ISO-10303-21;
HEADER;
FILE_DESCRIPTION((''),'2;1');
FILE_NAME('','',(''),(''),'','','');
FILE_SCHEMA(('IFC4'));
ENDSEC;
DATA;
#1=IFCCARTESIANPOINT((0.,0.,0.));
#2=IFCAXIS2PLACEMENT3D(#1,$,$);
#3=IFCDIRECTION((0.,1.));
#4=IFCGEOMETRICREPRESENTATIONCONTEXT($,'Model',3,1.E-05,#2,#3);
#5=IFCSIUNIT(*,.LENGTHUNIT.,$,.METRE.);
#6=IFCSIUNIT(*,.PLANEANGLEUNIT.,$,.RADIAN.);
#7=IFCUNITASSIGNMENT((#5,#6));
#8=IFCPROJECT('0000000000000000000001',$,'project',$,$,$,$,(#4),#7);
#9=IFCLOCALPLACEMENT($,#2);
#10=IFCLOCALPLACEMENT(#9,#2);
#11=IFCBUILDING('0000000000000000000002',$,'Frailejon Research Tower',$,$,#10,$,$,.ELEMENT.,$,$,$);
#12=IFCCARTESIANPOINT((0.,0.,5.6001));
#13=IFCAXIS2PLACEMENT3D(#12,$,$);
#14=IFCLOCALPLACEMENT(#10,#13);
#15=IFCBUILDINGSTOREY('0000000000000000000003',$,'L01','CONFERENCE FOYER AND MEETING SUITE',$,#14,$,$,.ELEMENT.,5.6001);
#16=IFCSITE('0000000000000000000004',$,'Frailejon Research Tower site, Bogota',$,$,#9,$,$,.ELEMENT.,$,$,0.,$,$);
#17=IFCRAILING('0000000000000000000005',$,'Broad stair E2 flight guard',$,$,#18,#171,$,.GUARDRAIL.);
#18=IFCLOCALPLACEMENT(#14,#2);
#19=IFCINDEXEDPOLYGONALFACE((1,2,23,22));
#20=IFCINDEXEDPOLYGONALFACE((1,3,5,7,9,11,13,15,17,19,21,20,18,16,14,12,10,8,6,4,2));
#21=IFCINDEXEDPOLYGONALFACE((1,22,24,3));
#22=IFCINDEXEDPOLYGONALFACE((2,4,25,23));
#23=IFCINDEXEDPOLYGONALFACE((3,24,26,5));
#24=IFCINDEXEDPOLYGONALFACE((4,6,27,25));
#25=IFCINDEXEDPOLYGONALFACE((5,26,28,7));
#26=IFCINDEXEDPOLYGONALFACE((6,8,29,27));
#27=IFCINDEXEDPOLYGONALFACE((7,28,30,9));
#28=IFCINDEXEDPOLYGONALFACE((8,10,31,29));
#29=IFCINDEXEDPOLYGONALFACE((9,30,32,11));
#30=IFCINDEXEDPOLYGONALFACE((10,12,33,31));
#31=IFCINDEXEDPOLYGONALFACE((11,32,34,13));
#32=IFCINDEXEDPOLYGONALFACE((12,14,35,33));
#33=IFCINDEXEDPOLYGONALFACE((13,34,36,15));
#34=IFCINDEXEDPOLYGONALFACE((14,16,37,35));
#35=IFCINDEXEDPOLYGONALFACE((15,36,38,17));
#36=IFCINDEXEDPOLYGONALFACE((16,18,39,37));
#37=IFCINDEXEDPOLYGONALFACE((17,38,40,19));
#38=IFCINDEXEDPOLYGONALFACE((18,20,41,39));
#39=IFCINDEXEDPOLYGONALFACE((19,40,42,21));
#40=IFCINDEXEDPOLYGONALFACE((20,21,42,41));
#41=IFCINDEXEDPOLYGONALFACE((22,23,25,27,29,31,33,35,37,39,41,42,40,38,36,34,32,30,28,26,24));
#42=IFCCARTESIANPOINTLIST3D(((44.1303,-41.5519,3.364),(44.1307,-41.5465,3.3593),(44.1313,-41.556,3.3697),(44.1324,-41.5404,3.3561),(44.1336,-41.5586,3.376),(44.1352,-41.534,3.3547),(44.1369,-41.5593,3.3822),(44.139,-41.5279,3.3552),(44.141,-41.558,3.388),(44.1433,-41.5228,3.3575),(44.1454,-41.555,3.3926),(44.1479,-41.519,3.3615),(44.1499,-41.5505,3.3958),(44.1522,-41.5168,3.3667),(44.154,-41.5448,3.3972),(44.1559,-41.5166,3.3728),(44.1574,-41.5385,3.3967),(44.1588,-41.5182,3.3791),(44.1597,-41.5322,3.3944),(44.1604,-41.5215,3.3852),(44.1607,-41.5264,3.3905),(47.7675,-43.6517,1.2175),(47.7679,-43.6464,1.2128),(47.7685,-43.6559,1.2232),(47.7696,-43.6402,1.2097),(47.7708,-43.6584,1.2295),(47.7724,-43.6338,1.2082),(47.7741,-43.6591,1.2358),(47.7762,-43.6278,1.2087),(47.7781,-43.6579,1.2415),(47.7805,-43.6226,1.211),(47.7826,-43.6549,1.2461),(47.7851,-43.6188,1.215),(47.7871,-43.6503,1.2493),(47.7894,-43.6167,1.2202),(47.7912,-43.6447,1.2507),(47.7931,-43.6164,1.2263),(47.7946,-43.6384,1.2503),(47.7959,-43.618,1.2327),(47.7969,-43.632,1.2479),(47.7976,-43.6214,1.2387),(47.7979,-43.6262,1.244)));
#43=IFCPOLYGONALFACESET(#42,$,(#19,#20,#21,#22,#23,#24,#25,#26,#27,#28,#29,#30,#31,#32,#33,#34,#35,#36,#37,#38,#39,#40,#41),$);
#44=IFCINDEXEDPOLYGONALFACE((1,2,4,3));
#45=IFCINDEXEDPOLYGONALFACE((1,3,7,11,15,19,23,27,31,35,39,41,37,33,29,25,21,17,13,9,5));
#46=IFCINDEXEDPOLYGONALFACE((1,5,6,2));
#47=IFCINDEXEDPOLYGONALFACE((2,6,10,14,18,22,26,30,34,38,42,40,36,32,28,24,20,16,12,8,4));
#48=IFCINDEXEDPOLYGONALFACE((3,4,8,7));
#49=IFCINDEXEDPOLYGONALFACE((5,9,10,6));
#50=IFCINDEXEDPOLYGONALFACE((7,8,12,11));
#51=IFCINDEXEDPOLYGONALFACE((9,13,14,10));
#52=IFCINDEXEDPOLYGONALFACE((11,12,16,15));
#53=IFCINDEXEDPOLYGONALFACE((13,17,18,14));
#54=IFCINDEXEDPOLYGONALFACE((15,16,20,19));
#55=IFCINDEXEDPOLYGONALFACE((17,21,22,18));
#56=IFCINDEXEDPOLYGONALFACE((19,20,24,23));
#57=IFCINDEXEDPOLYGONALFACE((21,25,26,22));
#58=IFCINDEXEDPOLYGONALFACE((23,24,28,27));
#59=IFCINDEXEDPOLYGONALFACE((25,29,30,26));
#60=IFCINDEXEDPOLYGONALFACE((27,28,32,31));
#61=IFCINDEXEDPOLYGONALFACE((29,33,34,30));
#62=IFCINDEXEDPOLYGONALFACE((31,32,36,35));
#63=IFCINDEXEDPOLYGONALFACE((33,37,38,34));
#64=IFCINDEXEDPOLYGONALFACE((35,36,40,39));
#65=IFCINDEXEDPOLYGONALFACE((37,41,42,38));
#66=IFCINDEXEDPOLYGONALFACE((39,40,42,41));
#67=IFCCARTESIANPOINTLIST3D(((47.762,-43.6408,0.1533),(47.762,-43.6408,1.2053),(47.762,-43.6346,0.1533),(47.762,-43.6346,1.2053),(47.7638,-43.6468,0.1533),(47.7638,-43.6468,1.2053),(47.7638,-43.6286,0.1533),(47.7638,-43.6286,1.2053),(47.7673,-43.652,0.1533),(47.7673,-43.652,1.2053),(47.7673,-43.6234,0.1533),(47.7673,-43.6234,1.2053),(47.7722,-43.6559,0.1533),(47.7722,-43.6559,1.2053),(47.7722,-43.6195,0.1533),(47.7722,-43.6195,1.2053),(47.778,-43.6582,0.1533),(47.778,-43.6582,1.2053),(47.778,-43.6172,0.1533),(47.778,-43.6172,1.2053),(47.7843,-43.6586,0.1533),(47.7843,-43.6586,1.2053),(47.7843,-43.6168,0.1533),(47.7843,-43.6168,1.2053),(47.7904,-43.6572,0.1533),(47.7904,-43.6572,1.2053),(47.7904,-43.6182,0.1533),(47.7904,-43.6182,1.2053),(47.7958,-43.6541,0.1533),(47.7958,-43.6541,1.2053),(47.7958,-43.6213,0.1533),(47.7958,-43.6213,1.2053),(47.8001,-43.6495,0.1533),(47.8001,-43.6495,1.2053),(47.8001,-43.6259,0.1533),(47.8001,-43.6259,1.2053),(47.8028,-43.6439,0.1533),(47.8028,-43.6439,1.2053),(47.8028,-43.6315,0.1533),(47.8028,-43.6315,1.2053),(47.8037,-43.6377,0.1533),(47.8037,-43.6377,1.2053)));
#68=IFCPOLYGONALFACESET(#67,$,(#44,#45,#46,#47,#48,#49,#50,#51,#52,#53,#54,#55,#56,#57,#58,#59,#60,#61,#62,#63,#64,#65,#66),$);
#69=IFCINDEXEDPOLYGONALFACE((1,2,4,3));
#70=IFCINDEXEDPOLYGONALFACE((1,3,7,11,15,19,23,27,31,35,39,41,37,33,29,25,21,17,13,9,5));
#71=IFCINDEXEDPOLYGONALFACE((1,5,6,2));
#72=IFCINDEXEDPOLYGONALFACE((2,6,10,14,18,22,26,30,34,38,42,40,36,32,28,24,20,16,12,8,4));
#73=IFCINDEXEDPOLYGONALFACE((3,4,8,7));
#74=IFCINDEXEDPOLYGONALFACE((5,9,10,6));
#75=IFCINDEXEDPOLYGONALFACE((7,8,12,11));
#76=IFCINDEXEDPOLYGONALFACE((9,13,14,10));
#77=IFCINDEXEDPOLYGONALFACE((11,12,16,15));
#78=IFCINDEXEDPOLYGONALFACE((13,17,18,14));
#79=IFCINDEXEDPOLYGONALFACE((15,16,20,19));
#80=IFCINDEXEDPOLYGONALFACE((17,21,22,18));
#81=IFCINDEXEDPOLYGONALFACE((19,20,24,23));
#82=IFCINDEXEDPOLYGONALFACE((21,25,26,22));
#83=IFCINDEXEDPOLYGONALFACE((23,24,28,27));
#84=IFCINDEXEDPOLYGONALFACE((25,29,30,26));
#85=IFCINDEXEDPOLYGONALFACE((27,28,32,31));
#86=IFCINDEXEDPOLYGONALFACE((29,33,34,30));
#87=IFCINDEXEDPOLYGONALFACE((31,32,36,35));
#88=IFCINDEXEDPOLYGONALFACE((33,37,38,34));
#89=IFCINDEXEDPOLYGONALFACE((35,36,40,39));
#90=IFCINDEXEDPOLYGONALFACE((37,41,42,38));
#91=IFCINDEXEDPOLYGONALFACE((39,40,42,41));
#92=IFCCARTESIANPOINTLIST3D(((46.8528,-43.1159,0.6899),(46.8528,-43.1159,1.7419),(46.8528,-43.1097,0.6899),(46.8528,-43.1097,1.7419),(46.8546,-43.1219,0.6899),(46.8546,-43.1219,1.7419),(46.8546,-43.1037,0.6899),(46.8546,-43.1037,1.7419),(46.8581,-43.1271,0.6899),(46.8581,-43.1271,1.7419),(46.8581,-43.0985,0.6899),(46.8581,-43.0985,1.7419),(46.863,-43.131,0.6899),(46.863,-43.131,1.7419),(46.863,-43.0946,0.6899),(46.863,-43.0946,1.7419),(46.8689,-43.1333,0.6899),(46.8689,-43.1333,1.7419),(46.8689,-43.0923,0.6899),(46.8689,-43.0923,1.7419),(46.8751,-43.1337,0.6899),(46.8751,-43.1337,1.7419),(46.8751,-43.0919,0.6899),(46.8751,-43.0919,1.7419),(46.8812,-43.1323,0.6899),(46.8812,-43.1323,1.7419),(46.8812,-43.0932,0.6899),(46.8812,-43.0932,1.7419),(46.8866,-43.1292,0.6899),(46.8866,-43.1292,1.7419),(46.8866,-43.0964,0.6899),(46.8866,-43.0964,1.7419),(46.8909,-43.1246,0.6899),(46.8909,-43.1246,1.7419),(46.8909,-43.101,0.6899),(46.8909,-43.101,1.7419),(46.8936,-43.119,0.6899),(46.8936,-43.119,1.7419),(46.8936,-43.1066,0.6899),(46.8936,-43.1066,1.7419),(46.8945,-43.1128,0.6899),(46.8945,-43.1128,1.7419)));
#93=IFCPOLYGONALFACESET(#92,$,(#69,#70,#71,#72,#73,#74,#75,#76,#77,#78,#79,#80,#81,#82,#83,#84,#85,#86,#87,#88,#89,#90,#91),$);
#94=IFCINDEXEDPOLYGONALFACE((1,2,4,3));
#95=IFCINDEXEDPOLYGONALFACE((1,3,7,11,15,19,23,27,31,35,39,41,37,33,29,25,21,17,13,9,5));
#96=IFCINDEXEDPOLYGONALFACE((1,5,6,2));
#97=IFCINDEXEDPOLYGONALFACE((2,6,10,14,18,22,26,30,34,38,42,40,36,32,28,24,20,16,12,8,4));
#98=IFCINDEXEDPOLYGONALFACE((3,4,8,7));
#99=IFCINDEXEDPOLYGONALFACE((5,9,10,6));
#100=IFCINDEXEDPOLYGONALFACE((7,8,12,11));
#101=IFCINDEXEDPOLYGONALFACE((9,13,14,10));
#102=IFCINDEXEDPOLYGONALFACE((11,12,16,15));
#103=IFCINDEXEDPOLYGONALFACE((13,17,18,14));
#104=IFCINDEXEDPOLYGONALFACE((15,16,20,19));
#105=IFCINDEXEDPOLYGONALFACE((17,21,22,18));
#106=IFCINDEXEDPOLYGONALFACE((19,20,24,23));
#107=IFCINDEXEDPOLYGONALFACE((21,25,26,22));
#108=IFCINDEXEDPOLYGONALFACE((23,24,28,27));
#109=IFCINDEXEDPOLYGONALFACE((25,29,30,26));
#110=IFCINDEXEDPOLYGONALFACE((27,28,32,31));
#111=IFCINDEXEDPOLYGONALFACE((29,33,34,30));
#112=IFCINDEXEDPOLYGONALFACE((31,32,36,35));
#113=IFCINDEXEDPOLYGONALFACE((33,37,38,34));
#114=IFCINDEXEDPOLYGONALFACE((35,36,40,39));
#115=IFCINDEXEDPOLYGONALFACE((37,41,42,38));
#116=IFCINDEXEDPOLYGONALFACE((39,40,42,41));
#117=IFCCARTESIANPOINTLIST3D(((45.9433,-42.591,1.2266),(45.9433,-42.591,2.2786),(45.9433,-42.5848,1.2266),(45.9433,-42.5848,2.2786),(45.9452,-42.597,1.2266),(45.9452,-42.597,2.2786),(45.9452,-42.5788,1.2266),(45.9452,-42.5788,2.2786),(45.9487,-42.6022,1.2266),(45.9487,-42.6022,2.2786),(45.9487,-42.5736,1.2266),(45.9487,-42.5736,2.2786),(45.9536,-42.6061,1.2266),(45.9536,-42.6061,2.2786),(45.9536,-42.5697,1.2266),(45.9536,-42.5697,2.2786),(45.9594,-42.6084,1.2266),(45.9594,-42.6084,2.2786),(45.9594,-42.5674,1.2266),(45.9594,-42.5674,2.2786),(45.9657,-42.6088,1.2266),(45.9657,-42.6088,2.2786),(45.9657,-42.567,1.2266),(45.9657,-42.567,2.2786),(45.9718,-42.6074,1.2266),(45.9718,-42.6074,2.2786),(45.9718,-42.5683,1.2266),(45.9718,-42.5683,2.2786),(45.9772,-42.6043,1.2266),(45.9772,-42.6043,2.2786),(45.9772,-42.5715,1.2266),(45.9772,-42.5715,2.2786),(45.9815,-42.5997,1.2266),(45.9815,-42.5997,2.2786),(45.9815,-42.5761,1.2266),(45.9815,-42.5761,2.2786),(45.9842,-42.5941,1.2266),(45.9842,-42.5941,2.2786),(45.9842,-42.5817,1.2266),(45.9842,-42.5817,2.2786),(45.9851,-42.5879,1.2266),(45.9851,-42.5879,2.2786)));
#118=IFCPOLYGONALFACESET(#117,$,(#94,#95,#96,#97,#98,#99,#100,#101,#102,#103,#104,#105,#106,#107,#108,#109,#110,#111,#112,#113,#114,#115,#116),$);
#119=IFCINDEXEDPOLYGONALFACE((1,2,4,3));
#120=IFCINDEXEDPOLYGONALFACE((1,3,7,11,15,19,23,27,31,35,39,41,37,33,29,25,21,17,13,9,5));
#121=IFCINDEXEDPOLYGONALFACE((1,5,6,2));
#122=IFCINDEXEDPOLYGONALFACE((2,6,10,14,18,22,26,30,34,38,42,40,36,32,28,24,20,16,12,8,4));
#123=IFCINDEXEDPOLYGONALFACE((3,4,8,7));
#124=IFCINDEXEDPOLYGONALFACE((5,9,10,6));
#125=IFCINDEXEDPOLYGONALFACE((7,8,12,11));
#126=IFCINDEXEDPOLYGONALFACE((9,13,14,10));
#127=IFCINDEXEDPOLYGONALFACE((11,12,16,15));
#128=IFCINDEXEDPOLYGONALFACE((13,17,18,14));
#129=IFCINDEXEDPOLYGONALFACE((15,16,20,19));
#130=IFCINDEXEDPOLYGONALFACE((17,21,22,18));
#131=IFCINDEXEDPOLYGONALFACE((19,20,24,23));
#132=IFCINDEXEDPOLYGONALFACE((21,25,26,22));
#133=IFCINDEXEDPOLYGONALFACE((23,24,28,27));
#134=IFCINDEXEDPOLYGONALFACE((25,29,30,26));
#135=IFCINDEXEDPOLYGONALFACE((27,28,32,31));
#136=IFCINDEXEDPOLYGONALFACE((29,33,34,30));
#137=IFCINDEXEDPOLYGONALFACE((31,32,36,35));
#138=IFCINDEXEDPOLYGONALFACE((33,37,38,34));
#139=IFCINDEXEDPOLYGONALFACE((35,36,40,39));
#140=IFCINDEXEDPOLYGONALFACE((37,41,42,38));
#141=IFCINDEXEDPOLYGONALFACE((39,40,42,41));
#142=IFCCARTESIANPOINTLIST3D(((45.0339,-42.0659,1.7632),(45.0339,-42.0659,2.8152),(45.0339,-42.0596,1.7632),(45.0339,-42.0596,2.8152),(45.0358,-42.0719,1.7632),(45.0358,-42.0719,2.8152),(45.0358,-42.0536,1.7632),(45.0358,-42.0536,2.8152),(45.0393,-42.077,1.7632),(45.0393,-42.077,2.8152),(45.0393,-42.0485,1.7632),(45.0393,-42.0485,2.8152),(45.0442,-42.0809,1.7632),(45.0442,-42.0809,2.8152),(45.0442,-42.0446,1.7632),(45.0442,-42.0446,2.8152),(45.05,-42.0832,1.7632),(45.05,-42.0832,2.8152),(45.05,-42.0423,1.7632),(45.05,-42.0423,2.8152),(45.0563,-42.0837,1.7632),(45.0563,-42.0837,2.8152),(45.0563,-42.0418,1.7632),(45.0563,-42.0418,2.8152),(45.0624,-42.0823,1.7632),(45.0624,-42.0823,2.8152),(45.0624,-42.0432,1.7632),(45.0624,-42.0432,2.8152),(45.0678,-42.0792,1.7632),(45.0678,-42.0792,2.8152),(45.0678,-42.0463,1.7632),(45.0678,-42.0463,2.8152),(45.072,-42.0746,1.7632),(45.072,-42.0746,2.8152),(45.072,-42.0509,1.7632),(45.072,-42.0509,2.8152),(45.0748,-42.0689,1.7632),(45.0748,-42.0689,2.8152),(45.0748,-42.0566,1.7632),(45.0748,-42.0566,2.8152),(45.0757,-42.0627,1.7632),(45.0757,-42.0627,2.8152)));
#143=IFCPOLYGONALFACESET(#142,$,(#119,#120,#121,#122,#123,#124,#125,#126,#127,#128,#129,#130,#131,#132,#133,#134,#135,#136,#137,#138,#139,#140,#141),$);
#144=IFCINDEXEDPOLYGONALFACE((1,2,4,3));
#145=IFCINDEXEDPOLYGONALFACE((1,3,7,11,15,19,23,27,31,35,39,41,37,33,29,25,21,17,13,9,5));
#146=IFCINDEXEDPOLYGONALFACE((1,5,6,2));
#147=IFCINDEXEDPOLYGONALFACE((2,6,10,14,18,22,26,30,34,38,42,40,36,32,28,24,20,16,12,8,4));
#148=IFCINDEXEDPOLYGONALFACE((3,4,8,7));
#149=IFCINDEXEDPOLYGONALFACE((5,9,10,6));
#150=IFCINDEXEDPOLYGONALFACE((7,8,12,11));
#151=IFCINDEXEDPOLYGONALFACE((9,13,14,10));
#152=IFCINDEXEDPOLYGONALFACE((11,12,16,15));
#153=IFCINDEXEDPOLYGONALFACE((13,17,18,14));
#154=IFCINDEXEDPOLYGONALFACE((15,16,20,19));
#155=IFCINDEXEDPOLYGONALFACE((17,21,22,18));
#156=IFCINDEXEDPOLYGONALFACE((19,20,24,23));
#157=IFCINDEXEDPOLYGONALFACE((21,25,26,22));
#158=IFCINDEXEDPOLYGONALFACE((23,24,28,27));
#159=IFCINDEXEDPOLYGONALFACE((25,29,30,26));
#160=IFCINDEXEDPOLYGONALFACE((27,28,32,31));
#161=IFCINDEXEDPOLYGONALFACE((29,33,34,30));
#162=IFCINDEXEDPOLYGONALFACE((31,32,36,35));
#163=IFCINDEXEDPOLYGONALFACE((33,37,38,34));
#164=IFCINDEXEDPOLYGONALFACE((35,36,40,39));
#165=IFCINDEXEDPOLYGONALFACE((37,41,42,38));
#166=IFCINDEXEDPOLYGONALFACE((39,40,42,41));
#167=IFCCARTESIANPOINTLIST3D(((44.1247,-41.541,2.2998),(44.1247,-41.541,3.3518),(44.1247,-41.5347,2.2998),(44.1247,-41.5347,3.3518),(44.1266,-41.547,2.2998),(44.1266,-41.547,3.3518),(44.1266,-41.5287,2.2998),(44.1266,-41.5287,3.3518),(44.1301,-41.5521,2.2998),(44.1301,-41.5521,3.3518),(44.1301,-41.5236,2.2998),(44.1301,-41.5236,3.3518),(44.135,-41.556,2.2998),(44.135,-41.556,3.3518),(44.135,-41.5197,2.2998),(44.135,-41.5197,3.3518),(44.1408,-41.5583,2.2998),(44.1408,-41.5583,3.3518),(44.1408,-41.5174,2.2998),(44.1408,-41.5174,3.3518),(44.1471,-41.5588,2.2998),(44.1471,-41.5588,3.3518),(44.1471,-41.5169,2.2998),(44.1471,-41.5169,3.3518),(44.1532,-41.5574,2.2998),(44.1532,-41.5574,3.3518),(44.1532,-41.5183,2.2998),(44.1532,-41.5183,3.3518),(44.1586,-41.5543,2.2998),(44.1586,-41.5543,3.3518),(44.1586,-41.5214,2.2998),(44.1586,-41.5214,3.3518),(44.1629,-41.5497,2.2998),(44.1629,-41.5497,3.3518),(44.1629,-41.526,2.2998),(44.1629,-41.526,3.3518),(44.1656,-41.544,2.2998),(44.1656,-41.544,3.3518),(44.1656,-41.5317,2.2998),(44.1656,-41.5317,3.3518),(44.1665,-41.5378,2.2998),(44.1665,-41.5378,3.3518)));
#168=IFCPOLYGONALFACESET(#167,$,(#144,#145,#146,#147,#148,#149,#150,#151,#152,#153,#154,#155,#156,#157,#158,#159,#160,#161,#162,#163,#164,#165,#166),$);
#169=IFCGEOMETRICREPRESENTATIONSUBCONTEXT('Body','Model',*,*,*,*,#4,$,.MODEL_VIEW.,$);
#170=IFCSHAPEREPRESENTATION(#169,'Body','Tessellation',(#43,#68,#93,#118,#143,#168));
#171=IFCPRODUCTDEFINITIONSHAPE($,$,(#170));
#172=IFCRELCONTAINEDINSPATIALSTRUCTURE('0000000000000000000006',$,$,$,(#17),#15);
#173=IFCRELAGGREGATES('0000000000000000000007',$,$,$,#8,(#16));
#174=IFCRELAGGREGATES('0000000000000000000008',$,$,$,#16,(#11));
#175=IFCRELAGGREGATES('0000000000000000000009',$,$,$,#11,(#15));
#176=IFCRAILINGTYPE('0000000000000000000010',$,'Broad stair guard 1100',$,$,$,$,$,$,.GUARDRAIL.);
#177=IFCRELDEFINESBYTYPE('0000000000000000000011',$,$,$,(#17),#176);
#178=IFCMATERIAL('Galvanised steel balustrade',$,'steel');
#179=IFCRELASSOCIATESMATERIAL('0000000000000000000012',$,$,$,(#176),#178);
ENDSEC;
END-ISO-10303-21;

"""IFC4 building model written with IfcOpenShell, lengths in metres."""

from ifc_helpers import new_model, si_unit, direction, frame, origin, origin_2d, place, context, subcontext, project, spatial, circle, extrude, material, type_object, element, save


model = new_model("IFC4")

# Units and contexts
model_context = context("Model", 3, precision=1e-05, world=origin(), true_north=direction((0.0, 1.0)))
body_context = subcontext(model_context, "Body", "Model", "MODEL_VIEW")
ifc_project = project(units=[si_unit("LENGTHUNIT", "METRE"), si_unit("PLANEANGLEUNIT", "RADIAN")], contexts=[model_context])

# Site, building, storey
site_placement = place(None, origin())
site = spatial("IfcSite", under=ifc_project, at=site_placement, Name="Frailejon Research Tower site, Bogota", CompositionType="ELEMENT", RefElevation=0.0)
building_placement = place(site_placement, origin())
building = spatial("IfcBuilding", under=site, at=building_placement, Name="Frailejon Research Tower", CompositionType="ELEMENT")
storey_placement = place(building_placement, frame((0.0, 0.0, 5.6001)))
storey = spatial("IfcBuildingStorey", under=building, at=storey_placement, Name="L01", Description="CONFERENCE FOYER AND MEETING SUITE", CompositionType="ELEMENT", Elevation=5.6001)

# Railing
ifc_material_1 = material(Name="Galvanised steel balustrade", Category="steel")
railing_type_1 = type_object("IfcRailingType", Name="Broad stair guard 1100", PredefinedType="GUARDRAIL", material=ifc_material_1)
railing_1_placement = place(storey_placement, frame((47.7827, -43.6377, 0.1533)))
element("IfcRailing", 1, at=railing_1_placement, inside=storey, type_object=railing_type_1, Name="Broad stair E2 flight guard", PredefinedType="GUARDRAIL", context=body_context, shape_type="SweptSolid", body=[
    extrude(circle(Radius=0.0239, at=origin_2d()), frame((0.0, 0.0, 1.0762), z_axis=(-0.771155, 0.445208, 0.455094), x_axis=(-0.499984, -0.866035, 0.0)), (0.0, 0.0, 1.0), 4.7166),
    extrude(circle(Radius=0.021, at=origin_2d()), origin(), (0.0, 0.0, 1.0), 1.052),
    extrude(circle(Radius=0.021, at=origin_2d()), frame((-0.9092, 0.5249, 0.5366)), (0.0, 0.0, 1.0), 1.052),
    extrude(circle(Radius=0.021, at=origin_2d()), frame((-1.8186, 1.0498, 1.0732)), (0.0, 0.0, 1.0), 1.052),
    extrude(circle(Radius=0.021, at=origin_2d()), frame((-2.728, 1.575, 1.6099)), (0.0, 0.0, 1.0), 1.052),
    extrude(circle(Radius=0.021, at=origin_2d()), frame((-3.6372, 2.0999, 2.1465)), (0.0, 0.0, 1.0), 1.052),
])

save(model, "model.ifc")
